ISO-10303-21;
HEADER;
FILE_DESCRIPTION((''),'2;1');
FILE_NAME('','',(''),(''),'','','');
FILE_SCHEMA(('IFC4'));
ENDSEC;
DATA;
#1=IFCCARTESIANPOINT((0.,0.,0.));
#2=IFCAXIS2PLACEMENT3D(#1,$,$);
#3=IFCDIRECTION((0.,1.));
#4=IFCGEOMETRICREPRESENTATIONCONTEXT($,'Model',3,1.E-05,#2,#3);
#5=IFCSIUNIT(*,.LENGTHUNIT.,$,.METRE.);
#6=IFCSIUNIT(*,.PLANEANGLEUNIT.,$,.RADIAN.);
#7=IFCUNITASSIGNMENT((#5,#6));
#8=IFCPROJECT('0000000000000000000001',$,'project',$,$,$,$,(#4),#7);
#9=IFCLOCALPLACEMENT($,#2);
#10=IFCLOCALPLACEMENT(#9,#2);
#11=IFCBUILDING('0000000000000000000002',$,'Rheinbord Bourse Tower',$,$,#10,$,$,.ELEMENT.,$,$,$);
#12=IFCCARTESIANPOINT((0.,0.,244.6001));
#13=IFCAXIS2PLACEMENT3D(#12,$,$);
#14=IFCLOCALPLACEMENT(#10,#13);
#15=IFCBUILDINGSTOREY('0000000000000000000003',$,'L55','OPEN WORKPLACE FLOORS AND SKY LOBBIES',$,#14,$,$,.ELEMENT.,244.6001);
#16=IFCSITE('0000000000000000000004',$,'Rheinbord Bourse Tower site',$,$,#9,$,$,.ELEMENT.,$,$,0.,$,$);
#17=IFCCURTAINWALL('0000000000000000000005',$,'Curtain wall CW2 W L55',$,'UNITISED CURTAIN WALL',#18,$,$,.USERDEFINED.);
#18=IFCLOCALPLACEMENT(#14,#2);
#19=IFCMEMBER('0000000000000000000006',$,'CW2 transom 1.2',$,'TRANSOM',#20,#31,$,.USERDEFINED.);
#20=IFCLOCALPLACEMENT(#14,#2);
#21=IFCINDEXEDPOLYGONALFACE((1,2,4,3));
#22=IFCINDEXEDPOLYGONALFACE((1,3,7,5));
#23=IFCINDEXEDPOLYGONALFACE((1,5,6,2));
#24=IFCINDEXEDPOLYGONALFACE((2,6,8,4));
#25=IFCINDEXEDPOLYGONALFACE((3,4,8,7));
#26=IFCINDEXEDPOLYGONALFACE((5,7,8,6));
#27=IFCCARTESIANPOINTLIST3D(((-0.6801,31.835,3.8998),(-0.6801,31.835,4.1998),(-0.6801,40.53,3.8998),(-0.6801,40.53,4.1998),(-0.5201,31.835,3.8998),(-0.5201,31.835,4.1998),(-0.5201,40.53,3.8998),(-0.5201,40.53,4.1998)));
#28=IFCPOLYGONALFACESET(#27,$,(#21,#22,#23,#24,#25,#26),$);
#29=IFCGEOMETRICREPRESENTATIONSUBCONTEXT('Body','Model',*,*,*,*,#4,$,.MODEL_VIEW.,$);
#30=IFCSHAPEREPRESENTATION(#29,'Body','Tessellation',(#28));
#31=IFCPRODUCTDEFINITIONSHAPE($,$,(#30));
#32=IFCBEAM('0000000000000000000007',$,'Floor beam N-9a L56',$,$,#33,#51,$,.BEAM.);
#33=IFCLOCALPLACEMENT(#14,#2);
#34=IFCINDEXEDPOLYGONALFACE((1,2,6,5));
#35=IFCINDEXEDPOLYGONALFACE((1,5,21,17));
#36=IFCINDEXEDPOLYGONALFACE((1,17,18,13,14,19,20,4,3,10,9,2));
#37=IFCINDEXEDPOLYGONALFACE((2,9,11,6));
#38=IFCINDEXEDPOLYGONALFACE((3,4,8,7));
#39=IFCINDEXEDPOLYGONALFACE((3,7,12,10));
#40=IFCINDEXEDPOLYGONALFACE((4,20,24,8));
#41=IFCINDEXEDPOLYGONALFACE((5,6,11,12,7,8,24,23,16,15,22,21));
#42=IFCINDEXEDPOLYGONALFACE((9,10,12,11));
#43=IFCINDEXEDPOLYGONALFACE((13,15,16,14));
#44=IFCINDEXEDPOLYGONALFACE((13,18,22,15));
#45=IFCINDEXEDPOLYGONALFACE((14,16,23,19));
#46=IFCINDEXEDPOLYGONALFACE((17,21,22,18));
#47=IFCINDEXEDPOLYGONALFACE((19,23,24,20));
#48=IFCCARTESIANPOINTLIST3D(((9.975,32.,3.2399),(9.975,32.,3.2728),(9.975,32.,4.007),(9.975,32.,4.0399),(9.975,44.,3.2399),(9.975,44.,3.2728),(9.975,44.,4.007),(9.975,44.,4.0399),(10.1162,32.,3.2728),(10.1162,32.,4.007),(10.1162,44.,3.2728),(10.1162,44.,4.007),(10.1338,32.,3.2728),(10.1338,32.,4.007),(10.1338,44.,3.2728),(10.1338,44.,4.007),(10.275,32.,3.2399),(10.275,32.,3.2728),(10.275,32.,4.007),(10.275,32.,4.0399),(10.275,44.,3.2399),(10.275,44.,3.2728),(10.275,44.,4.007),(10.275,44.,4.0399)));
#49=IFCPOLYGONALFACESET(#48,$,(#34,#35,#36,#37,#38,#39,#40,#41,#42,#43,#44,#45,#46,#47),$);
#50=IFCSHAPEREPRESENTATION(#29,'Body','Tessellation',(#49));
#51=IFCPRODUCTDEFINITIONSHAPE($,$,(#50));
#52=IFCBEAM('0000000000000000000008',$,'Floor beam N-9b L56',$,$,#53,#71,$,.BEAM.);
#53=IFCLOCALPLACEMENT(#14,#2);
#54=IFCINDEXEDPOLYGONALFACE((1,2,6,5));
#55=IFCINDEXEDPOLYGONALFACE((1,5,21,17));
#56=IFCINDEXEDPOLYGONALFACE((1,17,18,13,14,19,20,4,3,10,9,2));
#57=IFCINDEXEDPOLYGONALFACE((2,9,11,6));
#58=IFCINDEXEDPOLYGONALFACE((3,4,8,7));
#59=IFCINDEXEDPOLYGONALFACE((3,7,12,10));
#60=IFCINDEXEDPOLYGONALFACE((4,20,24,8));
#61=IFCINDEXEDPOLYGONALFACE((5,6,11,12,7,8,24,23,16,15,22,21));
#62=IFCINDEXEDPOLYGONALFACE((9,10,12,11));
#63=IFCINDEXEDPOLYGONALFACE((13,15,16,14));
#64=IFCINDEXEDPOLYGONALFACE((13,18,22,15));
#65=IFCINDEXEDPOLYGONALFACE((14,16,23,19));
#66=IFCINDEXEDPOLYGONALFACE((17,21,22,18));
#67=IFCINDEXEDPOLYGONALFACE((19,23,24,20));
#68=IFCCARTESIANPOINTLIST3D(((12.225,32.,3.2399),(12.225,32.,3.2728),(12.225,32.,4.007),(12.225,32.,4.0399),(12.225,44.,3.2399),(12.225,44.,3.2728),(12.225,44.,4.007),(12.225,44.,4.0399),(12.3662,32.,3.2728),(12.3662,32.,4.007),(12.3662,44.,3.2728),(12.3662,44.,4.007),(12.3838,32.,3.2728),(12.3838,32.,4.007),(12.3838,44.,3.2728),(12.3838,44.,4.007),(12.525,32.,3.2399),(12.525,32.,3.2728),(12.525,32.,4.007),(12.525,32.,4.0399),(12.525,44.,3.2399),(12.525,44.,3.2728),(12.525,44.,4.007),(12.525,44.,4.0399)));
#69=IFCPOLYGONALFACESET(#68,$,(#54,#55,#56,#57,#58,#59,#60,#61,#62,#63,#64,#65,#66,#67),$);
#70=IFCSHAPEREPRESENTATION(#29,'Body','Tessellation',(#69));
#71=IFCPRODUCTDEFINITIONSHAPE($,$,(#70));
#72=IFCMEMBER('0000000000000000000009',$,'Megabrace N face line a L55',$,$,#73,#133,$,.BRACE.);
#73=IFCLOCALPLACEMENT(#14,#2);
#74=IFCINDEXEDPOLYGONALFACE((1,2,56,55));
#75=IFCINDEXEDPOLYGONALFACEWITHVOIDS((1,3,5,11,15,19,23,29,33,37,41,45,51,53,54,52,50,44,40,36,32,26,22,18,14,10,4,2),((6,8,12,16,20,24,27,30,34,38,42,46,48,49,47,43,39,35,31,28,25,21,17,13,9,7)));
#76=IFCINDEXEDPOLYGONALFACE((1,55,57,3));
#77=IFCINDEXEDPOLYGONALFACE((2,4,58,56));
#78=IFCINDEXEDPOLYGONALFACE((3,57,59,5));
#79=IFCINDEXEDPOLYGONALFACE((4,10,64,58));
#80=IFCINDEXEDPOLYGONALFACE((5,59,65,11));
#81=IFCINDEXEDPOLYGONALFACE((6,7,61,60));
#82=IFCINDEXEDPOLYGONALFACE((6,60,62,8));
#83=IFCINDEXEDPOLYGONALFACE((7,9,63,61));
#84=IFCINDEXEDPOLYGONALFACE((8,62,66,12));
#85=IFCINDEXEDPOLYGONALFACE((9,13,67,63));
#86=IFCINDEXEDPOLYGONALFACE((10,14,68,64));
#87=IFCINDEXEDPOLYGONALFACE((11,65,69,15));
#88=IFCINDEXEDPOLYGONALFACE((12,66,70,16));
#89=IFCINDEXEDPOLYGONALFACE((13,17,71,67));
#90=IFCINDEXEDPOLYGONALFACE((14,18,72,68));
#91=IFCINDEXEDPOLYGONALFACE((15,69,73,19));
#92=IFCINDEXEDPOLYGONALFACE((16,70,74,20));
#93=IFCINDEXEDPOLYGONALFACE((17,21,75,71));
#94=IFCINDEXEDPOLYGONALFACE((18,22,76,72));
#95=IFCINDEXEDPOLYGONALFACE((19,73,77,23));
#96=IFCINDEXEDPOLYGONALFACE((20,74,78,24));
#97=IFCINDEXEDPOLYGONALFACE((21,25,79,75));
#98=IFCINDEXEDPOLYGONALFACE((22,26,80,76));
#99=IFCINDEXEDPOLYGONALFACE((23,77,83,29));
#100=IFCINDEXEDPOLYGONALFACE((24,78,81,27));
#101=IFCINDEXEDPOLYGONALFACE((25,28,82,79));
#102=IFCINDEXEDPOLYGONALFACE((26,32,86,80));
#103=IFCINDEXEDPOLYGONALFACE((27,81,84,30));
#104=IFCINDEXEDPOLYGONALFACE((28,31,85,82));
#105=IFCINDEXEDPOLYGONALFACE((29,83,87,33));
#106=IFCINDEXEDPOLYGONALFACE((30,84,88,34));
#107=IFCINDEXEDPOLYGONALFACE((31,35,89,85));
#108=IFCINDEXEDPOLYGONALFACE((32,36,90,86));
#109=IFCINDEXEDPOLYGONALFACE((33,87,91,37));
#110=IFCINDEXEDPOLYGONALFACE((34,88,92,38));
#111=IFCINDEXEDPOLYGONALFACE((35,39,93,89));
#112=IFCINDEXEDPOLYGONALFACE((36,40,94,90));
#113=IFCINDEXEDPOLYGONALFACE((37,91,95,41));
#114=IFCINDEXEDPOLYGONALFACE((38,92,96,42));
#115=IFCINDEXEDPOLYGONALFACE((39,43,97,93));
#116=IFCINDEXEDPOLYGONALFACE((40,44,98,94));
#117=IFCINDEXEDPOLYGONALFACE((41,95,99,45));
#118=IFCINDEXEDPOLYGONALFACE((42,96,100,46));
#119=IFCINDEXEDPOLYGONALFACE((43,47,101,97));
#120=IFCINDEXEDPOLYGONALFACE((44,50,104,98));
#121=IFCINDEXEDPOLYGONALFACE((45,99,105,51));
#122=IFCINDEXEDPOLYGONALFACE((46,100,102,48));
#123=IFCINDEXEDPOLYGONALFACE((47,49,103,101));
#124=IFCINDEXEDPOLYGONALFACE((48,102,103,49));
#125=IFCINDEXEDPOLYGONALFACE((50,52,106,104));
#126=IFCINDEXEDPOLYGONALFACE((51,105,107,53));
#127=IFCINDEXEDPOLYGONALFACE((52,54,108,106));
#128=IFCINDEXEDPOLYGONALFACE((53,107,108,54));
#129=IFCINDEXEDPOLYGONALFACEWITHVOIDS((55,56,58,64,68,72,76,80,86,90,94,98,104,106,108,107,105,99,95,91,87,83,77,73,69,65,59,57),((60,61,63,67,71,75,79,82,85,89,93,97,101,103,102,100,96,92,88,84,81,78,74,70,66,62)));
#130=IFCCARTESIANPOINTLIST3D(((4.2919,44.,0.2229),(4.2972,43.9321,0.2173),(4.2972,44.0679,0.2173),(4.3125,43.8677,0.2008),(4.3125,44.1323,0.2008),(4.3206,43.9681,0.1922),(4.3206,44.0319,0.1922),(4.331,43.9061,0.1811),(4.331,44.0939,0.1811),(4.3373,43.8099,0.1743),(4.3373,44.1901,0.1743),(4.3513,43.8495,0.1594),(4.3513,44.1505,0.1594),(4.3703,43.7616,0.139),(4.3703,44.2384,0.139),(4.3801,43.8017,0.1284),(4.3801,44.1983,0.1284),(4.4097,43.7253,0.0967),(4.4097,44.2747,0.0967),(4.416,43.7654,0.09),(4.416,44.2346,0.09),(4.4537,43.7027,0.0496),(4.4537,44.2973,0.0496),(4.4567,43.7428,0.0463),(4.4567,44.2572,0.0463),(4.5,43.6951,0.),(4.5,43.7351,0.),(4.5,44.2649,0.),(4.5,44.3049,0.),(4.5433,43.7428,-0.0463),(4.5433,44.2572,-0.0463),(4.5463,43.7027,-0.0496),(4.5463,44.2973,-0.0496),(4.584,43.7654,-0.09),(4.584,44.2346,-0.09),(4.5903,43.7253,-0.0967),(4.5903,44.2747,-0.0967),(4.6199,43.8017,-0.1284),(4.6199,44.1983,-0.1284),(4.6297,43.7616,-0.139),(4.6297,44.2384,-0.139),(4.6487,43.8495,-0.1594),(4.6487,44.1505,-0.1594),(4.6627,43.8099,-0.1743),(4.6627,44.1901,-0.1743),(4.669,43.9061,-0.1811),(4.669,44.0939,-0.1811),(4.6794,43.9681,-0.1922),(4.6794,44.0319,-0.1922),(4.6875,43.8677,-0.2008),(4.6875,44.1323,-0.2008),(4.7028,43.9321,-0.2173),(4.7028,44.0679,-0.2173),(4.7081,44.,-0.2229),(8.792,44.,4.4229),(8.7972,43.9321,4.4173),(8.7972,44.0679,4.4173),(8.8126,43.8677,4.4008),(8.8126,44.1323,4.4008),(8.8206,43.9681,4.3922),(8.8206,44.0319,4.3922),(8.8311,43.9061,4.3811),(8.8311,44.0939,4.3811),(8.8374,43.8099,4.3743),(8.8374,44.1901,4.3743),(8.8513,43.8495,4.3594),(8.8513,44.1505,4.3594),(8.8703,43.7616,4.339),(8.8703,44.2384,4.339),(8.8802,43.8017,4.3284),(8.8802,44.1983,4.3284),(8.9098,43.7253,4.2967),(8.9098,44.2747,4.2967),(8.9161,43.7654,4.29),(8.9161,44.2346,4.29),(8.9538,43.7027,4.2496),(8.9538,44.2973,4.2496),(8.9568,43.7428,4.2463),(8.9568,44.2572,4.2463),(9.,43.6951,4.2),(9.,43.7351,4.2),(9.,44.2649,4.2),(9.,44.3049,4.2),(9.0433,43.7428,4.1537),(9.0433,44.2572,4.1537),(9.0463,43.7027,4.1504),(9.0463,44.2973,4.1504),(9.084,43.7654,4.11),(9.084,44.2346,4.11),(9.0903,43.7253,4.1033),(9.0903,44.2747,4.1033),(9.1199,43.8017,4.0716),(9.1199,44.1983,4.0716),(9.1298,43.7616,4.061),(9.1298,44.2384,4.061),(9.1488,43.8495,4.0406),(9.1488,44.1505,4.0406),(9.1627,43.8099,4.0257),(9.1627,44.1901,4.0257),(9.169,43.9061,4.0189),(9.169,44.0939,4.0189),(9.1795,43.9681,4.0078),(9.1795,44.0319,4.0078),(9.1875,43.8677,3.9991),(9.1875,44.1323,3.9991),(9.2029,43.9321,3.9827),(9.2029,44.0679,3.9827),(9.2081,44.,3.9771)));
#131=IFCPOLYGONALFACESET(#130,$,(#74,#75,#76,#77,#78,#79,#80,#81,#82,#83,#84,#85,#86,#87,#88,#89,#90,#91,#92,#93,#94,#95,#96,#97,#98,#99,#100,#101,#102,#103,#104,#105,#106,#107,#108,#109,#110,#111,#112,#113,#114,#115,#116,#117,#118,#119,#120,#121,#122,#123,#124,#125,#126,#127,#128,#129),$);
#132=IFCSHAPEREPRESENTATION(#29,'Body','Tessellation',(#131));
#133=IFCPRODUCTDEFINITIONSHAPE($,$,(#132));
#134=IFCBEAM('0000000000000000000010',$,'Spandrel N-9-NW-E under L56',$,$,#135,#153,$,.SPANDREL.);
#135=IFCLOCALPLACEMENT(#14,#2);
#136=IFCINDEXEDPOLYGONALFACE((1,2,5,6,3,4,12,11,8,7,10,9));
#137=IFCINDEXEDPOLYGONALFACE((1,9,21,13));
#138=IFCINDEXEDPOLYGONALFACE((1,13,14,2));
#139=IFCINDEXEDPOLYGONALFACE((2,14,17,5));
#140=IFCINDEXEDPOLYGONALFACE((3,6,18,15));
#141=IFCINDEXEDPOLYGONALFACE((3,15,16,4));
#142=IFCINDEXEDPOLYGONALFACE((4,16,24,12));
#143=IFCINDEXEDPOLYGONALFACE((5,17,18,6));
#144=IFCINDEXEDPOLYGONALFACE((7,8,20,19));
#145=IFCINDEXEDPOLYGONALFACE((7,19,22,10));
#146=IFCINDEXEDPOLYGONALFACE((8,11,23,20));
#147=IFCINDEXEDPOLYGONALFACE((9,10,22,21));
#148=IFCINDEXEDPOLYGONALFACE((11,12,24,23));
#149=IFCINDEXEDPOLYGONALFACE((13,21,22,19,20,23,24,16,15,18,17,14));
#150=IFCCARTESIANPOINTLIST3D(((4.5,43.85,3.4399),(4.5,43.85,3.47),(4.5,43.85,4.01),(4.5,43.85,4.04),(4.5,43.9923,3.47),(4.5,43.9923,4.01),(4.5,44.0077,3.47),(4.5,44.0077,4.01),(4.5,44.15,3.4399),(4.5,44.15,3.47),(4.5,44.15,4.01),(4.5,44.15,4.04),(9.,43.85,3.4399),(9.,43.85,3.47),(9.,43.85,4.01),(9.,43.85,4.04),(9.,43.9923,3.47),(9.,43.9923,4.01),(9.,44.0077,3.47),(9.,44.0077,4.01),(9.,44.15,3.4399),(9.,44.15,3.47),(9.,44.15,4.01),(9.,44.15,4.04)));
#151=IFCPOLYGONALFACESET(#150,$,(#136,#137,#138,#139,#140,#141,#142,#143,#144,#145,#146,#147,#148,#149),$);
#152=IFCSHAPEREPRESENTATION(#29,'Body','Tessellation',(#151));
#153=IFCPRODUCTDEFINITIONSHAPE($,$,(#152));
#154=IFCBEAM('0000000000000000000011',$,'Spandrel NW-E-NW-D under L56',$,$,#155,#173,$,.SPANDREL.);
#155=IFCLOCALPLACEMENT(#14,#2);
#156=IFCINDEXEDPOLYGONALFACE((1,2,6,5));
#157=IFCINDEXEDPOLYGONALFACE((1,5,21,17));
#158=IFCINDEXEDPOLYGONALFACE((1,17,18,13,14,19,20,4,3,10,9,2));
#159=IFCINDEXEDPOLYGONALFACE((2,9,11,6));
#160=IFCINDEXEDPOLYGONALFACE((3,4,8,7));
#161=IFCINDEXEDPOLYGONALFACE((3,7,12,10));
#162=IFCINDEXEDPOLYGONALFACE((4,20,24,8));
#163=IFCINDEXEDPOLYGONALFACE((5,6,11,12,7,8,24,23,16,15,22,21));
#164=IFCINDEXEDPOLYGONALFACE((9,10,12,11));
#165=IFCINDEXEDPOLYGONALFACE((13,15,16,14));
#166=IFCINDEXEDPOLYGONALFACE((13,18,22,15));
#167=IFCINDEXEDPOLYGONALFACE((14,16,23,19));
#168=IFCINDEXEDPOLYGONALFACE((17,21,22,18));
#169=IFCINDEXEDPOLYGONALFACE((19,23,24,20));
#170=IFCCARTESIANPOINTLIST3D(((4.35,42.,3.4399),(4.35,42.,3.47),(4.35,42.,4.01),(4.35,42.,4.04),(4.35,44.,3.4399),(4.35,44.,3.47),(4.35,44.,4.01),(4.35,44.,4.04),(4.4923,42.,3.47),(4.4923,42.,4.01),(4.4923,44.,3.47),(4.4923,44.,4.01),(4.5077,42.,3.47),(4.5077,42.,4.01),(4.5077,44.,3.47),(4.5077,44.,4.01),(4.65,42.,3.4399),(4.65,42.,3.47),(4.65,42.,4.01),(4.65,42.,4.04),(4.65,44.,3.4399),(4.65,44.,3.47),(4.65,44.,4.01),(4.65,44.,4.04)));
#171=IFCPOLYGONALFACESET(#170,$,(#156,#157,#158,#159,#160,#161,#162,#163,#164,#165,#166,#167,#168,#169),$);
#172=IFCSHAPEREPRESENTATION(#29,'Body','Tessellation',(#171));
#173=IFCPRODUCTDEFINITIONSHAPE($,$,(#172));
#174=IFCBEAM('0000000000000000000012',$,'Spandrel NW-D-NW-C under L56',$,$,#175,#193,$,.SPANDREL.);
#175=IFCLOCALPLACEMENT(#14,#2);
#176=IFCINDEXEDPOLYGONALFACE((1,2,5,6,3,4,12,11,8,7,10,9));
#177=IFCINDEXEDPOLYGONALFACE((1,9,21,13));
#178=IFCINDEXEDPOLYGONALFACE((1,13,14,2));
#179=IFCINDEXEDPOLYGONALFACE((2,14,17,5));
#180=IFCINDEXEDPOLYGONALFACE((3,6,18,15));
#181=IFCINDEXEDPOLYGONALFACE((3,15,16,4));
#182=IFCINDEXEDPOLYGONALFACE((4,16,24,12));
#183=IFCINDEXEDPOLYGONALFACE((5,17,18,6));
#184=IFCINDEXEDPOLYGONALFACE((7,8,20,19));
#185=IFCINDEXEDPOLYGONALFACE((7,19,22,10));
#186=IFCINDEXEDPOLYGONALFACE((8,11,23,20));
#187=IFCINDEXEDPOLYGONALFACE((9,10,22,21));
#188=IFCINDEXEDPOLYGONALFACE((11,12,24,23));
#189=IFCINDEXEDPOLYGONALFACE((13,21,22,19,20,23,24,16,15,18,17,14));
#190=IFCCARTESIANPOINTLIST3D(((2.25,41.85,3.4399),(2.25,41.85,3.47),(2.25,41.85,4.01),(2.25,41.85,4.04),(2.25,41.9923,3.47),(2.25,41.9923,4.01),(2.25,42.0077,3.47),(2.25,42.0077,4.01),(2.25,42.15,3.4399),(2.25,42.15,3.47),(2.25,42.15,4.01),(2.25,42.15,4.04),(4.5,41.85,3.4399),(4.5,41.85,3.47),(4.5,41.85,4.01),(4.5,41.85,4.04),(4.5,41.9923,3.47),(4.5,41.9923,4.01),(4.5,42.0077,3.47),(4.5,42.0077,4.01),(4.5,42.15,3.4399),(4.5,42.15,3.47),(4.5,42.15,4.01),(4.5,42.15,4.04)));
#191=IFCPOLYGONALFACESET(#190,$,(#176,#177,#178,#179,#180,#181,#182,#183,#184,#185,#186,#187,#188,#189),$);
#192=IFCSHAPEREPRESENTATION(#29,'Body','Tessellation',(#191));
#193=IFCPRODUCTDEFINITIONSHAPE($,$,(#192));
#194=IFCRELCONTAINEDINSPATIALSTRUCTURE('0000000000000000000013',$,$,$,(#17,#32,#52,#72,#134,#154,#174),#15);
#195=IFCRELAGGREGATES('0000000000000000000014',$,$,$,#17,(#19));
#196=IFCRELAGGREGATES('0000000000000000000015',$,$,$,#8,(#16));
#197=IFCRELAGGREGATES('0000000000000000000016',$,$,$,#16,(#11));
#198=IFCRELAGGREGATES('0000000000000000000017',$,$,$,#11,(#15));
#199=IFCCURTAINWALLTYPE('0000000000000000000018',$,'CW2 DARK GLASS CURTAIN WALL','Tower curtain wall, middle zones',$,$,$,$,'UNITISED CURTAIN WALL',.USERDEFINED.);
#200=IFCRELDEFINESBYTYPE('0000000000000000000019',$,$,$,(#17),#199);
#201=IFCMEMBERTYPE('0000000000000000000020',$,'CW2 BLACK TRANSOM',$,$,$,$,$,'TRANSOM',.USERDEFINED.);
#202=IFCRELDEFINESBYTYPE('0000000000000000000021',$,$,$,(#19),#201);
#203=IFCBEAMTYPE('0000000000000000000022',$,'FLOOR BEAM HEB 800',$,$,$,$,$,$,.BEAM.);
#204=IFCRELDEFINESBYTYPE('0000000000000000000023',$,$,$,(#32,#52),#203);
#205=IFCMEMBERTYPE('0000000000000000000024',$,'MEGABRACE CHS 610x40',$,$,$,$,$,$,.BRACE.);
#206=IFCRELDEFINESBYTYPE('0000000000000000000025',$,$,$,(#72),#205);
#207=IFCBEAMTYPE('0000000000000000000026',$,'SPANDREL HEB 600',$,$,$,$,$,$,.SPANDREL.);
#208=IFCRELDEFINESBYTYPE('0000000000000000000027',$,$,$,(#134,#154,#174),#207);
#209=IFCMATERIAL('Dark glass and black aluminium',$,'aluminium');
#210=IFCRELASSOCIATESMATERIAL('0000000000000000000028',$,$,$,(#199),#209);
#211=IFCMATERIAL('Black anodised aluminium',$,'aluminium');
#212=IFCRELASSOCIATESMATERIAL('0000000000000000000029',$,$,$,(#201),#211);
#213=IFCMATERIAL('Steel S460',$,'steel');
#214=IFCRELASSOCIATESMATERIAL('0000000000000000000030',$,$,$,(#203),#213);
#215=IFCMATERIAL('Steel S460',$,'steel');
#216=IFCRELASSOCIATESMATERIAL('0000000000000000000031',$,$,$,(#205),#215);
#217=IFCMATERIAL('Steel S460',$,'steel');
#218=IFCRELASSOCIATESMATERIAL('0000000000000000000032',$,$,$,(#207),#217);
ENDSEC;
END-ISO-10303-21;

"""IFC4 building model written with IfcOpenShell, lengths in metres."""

from ifc_helpers import new_model, si_unit, direction, frame, origin, origin_2d, place, context, subcontext, project, spatial, rectangle, hollow_circle, i_section, extrude, material, material_profile, profile_set, type_object, element, aggregate, save


model = new_model("IFC4")

# Units and contexts
model_context = context("Model", 3, precision=1e-05, world=origin(), true_north=direction((0.0, 1.0)))
body_context = subcontext(model_context, "Body", "Model", "MODEL_VIEW")
ifc_project = project(units=[si_unit("LENGTHUNIT", "METRE"), si_unit("PLANEANGLEUNIT", "RADIAN")], contexts=[model_context])

# Site, building, storey
site_placement = place(None, origin())
site = spatial("IfcSite", under=ifc_project, at=site_placement, Name="Rheinbord Bourse Tower site", CompositionType="ELEMENT", RefElevation=0.0)
building_placement = place(site_placement, origin())
building = spatial("IfcBuilding", under=site, at=building_placement, Name="Rheinbord Bourse Tower", CompositionType="ELEMENT")
storey_placement = place(building_placement, frame((0.0, 0.0, 244.6001)))
storey = spatial("IfcBuildingStorey", under=building, at=storey_placement, Name="L55", Description="OPEN WORKPLACE FLOORS AND SKY LOBBIES", CompositionType="ELEMENT", Elevation=244.6001)

# Shared definitions
ifc_material_1 = material(Name="Dark glass and black aluminium", Category="aluminium")
curtain_wall_type = type_object("IfcCurtainWallType", Name="CW2 DARK GLASS CURTAIN WALL", Description="Tower curtain wall, middle zones", ElementType="UNITISED CURTAIN WALL", PredefinedType="USERDEFINED", material=ifc_material_1)

# Curtain wall
curtain_wall_1_placement = place(storey_placement, origin())
curtain_wall_1 = element("IfcCurtainWall", 1, at=curtain_wall_1_placement, inside=storey, type_object=curtain_wall_type, Name="Curtain wall CW2 W L55", ObjectType="UNITISED CURTAIN WALL", PredefinedType="USERDEFINED")

# Member
ifc_material_2 = material(Name="Black anodised aluminium", Category="aluminium")
ifc_material_profile_1 = material_profile(ifc_material_2, rectangle(XDim=0.1599, YDim=0.3, at=origin_2d()), Name="CW2 TRANSOM 300x160")
ifc_profile_set_1 = profile_set([ifc_material_profile_1], Name="Black anodised aluminium")
member_type_1 = type_object("IfcMemberType", Name="CW2 BLACK TRANSOM", ElementType="TRANSOM", PredefinedType="USERDEFINED", material=ifc_profile_set_1)
member_1_placement = place(storey_placement, frame((-0.6001, 40.53, 4.0498), z_axis=(0.0, -1.0, 0.0), x_axis=(1.0, 0.0, 0.0)))
member_1 = element("IfcMember", 2, at=member_1_placement, type_object=member_type_1, Name="CW2 transom 1.2", ObjectType="TRANSOM", PredefinedType="USERDEFINED", context=body_context, shape_type="SweptSolid", body=[
    extrude(rectangle(XDim=0.1599, YDim=0.3, at=origin_2d()), origin(), (0.0, 0.0, 1.0), 8.6951),
])

# Beams
ifc_material_3 = material(Name="Steel S460", Category="steel")
ifc_material_profile_2 = material_profile(ifc_material_3, i_section(OverallWidth=0.3, OverallDepth=0.8, WebThickness=0.0176, FlangeThickness=0.033, at=origin_2d()), Name="HEB 800")
ifc_profile_set_2 = profile_set([ifc_material_profile_2], Name="Steel S460")
beam_type_1 = type_object("IfcBeamType", Name="FLOOR BEAM HEB 800", PredefinedType="BEAM", material=ifc_profile_set_2)
for number, where, z_axis, x_axis, name in (
    (3, (10.125, 44.0, 3.6399), (0.0, -1.0, 0.0), (1.0, 0.0, 0.0), "Floor beam N-9a L56"),
    (4, (12.375, 44.0, 3.6399), (0.0, -1.0, 0.0), (1.0, 0.0, 0.0), "Floor beam N-9b L56"),
):
    element("IfcBeam", number, at=place(storey_placement, frame(where, z_axis=z_axis, x_axis=x_axis)), inside=storey, type_object=beam_type_1, Name=name, PredefinedType="BEAM", context=body_context, shape_type="SweptSolid", body=[
        extrude(i_section(OverallWidth=0.3, OverallDepth=0.8, WebThickness=0.0176, FlangeThickness=0.033, at=origin_2d()), origin(), (0.0, 0.0, 1.0), 12.0),
    ])

# Member
ifc_material_4 = material(Name="Steel S460", Category="steel")
ifc_material_profile_3 = material_profile(ifc_material_4, hollow_circle(Radius=0.3049, WallThickness=0.04, at=origin_2d()), Name="CHS 610x40")
ifc_profile_set_3 = profile_set([ifc_material_profile_3], Name="Steel S460")
member_type_2 = type_object("IfcMemberType", Name="MEGABRACE CHS 610x40", PredefinedType="BRACE", material=ifc_profile_set_3)
member_2_placement = place(storey_placement, frame((4.5, 44.0, 0.0), z_axis=(0.731059, 0.0, 0.682314), x_axis=(0.0, 1.0, 0.0)))
element("IfcMember", 5, at=member_2_placement, inside=storey, type_object=member_type_2, Name="Megabrace N face line a L55", PredefinedType="BRACE", context=body_context, shape_type="SweptSolid", body=[
    extrude(hollow_circle(Radius=0.3049, WallThickness=0.04, at=origin_2d()), origin(), (0.0, 0.0, 1.0), 6.1555),
])

# Beams
ifc_material_5 = material(Name="Steel S460", Category="steel")
ifc_material_profile_4 = material_profile(ifc_material_5, i_section(OverallWidth=0.3, OverallDepth=0.6001, WebThickness=0.0154, FlangeThickness=0.03, at=origin_2d()), Name="HEB 600")
ifc_profile_set_4 = profile_set([ifc_material_profile_4], Name="Steel S460")
beam_type_2 = type_object("IfcBeamType", Name="SPANDREL HEB 600", PredefinedType="SPANDREL", material=ifc_profile_set_4)
beam_1_placement = place(storey_placement, frame((9.0, 44.0, 3.74), z_axis=(-1.0, 0.0, 0.0), x_axis=(0.0, -1.0, 0.0)))
element("IfcBeam", 6, at=beam_1_placement, inside=storey, type_object=beam_type_2, Name="Spandrel N-9-NW-E under L56", PredefinedType="SPANDREL", context=body_context, shape_type="SweptSolid", body=[
    extrude(i_section(OverallWidth=0.3, OverallDepth=0.6001, WebThickness=0.0154, FlangeThickness=0.03, at=origin_2d()), origin(), (0.0, 0.0, 1.0), 4.5),
])
beam_2_placement = place(storey_placement, frame((4.5, 44.0, 3.74), z_axis=(0.0, -1.0, 0.0), x_axis=(1.0, 0.0, 0.0)))
element("IfcBeam", 7, at=beam_2_placement, inside=storey, type_object=beam_type_2, Name="Spandrel NW-E-NW-D under L56", PredefinedType="SPANDREL", context=body_context, shape_type="SweptSolid", body=[
    extrude(i_section(OverallWidth=0.3, OverallDepth=0.6001, WebThickness=0.0154, FlangeThickness=0.03, at=origin_2d()), origin(), (0.0, 0.0, 1.0), 2.0),
])
beam_3_placement = place(storey_placement, frame((4.5, 42.0, 3.74), z_axis=(-1.0, 0.0, 0.0), x_axis=(0.0, -1.0, 0.0)))
element("IfcBeam", 8, at=beam_3_placement, inside=storey, type_object=beam_type_2, Name="Spandrel NW-D-NW-C under L56", PredefinedType="SPANDREL", context=body_context, shape_type="SweptSolid", body=[
    extrude(i_section(OverallWidth=0.3, OverallDepth=0.6001, WebThickness=0.0154, FlangeThickness=0.03, at=origin_2d()), origin(), (0.0, 0.0, 1.0), 2.25),
])

aggregate(curtain_wall_1, [member_1])

save(model, "model.ifc")
